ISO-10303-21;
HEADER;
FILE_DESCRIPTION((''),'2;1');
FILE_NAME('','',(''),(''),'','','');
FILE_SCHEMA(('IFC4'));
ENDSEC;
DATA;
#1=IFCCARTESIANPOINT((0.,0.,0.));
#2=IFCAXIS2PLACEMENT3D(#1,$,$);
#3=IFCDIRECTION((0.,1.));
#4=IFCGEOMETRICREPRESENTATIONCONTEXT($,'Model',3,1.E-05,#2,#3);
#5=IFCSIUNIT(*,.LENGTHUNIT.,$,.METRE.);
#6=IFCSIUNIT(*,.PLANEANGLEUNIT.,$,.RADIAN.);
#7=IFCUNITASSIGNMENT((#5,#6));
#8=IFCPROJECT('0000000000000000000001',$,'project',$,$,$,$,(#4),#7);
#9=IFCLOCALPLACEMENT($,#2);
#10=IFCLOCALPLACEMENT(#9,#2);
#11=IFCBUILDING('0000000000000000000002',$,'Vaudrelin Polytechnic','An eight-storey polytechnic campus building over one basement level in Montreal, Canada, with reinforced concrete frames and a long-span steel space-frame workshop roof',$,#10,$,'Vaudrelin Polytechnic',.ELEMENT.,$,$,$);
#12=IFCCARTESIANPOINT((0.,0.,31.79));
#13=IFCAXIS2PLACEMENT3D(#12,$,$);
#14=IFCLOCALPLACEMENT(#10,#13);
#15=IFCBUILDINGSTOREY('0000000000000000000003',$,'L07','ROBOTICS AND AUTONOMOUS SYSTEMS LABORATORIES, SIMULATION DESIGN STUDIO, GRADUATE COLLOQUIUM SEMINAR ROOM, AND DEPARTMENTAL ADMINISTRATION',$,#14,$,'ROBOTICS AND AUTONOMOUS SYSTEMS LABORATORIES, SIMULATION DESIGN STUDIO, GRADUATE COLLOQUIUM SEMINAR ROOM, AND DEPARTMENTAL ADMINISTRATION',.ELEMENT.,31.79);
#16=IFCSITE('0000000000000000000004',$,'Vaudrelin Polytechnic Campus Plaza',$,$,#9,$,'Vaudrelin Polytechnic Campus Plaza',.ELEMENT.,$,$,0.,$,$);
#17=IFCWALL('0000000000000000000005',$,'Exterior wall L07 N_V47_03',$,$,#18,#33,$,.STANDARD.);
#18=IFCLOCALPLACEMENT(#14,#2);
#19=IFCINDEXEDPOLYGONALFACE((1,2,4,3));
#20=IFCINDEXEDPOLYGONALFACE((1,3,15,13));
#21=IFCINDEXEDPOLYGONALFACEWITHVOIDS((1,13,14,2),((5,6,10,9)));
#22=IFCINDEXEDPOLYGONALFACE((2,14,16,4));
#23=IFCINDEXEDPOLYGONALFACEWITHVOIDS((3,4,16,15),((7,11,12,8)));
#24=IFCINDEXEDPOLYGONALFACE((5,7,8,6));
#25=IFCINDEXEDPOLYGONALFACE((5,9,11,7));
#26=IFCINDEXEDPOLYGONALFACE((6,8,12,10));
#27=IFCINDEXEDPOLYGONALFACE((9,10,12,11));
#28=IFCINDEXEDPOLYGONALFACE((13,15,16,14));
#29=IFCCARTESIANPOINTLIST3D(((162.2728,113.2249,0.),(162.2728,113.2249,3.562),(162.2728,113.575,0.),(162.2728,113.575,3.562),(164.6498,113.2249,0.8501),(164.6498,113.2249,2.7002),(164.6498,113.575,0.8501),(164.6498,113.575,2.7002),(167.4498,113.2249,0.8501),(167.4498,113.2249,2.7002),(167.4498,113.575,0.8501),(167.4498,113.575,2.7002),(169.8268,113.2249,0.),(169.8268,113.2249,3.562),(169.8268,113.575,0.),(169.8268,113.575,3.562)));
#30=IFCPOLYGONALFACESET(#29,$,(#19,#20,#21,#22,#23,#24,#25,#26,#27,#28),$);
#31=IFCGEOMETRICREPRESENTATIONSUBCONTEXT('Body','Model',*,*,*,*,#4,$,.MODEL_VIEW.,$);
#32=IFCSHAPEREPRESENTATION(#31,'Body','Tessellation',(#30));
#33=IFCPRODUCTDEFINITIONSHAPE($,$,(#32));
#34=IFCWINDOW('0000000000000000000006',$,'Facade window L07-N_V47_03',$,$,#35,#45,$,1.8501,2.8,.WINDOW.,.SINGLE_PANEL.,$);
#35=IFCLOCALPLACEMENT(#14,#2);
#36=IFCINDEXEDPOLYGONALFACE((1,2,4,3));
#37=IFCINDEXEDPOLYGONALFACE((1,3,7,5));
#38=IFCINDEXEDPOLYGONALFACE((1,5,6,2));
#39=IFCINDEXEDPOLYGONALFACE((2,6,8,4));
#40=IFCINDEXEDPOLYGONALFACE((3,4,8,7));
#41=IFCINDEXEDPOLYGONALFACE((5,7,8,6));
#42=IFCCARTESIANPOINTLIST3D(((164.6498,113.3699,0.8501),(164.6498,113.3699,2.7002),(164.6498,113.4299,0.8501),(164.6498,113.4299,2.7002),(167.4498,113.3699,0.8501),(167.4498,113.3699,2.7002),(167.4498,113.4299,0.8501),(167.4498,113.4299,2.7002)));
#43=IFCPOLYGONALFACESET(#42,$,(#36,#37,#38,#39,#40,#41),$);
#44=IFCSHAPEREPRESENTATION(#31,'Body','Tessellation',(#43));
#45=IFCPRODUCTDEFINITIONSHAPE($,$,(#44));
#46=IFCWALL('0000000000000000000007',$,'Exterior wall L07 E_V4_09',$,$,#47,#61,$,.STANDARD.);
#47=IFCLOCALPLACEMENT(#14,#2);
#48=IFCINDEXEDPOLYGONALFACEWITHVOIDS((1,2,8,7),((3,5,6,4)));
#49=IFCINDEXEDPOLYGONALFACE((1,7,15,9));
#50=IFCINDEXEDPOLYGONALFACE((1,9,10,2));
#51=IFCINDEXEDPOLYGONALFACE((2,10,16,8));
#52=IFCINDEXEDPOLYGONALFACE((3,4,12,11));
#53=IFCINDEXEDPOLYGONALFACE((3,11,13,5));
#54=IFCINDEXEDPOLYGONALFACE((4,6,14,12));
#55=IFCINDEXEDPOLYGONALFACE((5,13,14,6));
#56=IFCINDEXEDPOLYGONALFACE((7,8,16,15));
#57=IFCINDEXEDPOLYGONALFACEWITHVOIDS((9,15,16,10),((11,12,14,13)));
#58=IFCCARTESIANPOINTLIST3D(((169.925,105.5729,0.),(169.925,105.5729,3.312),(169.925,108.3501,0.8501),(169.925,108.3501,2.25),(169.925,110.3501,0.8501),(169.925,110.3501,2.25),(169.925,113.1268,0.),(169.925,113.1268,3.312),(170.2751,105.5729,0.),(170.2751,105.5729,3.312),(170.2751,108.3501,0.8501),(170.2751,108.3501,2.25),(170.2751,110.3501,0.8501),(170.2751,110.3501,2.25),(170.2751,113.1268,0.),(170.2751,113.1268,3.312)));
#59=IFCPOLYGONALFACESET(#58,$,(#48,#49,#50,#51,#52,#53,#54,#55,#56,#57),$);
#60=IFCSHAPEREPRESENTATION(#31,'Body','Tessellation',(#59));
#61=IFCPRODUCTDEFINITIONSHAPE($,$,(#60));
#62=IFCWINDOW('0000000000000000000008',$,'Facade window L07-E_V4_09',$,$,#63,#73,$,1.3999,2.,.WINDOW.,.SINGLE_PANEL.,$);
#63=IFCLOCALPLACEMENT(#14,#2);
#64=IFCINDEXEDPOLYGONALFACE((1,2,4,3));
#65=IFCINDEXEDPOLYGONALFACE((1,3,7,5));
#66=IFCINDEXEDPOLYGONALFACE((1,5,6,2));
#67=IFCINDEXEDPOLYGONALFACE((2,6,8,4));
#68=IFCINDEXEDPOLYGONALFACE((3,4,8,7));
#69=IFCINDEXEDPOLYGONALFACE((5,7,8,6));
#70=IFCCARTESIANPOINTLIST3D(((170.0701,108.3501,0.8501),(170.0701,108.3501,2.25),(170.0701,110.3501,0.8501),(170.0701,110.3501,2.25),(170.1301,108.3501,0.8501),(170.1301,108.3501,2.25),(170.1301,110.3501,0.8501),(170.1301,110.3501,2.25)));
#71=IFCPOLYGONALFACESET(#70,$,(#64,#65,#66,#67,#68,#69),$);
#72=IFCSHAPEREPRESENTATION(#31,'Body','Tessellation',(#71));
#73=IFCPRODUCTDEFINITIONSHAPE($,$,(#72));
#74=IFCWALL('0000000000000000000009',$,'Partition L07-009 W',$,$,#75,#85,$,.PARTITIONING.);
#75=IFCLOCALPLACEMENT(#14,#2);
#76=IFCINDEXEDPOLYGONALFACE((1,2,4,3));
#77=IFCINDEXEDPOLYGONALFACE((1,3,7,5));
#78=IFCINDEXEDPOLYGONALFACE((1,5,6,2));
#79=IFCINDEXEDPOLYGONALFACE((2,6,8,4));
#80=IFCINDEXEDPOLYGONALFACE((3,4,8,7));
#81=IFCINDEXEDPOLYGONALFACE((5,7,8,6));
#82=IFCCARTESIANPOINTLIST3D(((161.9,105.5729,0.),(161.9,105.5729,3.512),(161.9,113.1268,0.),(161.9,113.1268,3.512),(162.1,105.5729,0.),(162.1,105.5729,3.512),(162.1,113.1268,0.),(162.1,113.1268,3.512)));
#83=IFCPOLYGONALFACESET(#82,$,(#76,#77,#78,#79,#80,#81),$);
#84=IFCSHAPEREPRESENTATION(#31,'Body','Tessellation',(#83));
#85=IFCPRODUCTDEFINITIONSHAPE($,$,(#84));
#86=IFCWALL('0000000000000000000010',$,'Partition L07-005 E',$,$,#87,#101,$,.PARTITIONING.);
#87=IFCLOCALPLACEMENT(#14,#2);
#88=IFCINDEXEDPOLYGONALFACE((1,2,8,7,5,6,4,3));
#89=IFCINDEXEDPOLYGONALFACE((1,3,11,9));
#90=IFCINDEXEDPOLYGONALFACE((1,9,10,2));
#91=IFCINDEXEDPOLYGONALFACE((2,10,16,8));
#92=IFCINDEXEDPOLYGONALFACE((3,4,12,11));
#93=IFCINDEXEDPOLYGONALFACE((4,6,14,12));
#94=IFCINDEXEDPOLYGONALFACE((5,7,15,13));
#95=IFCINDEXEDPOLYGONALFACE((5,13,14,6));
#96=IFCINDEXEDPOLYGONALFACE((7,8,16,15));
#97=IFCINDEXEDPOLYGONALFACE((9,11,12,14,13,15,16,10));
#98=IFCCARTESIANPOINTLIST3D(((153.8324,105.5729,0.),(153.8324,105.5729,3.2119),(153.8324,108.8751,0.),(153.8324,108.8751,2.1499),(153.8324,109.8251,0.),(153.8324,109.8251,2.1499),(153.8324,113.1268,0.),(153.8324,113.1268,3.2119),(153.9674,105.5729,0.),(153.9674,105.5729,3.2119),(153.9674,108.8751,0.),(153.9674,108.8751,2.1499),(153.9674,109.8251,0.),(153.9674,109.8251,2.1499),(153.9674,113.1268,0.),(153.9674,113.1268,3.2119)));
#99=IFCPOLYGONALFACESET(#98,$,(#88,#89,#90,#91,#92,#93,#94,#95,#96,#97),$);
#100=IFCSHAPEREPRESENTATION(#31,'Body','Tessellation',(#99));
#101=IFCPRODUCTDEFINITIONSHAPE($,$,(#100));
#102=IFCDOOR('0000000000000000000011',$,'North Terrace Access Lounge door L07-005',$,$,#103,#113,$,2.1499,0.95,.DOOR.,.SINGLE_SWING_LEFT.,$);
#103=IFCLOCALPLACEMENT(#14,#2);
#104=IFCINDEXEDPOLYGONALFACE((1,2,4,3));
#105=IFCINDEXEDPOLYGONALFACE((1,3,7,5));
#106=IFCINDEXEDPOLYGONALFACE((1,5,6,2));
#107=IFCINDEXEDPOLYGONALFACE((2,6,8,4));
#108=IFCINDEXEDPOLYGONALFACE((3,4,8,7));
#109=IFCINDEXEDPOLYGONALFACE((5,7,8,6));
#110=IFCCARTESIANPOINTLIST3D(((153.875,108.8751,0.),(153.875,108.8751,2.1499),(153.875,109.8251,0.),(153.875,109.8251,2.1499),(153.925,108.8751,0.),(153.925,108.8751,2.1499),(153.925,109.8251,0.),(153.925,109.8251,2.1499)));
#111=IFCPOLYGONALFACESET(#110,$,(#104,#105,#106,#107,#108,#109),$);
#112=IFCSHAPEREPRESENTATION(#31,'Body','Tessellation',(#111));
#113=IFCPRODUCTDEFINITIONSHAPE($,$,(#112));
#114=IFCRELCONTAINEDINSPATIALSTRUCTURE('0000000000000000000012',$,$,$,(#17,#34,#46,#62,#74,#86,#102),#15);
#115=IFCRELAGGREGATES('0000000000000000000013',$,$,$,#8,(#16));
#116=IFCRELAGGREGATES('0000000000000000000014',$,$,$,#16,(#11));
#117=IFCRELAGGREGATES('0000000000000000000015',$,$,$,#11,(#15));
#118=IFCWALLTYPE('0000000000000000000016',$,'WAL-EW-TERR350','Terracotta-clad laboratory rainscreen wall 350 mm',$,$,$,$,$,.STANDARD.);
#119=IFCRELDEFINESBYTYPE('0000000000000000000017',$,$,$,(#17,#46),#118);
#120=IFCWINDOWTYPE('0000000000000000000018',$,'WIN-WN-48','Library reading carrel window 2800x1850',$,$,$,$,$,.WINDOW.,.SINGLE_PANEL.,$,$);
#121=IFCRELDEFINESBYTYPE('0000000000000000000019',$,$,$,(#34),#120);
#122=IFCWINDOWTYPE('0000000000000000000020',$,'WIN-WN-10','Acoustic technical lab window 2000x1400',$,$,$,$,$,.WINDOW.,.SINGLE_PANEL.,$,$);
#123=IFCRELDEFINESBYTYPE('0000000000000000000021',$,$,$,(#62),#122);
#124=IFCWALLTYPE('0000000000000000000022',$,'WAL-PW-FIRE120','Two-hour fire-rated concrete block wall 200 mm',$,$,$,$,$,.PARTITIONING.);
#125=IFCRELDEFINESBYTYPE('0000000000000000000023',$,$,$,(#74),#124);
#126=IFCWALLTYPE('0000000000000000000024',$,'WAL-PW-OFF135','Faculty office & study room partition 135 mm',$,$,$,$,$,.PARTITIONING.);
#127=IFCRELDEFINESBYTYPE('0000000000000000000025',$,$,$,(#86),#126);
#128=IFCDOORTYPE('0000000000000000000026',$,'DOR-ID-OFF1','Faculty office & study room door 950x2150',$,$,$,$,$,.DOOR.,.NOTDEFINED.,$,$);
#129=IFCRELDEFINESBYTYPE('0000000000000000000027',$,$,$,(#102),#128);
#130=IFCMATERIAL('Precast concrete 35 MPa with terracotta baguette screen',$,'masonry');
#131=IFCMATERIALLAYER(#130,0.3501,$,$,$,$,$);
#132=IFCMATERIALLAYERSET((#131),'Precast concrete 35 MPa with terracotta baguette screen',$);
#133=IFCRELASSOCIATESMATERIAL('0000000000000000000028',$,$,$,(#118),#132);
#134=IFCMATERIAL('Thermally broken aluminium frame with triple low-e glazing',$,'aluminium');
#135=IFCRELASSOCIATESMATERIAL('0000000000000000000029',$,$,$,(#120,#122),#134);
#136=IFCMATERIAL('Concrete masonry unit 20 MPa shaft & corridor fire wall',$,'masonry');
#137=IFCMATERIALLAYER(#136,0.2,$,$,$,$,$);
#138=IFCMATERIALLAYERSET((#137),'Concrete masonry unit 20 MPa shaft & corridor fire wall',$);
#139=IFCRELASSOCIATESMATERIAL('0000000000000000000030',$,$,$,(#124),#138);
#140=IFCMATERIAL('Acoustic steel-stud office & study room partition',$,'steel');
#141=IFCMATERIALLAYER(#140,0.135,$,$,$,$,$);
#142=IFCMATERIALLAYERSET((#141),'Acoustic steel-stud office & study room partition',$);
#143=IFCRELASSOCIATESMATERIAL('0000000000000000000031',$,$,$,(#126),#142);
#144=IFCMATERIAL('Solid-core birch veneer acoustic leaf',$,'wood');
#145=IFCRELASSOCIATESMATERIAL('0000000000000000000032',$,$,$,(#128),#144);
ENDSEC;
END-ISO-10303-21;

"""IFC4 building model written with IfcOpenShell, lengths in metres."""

from ifc_helpers import new_model, si_unit, direction, frame, frame_2d, origin, place, context, subcontext, project, spatial, rectangle, extrude, material, layer, layer_set, type_object, element, fill, save


model = new_model("IFC4")

# Units and contexts
model_context = context("Model", 3, precision=1e-05, world=origin(), true_north=direction((0.0, 1.0)))
body_context = subcontext(model_context, "Body", "Model", "MODEL_VIEW")
ifc_project = project(units=[si_unit("LENGTHUNIT", "METRE"), si_unit("PLANEANGLEUNIT", "RADIAN")], contexts=[model_context])

# Site, building, storey
site_placement = place(None, origin())
site = spatial("IfcSite", under=ifc_project, at=site_placement, Name="Vaudrelin Polytechnic Campus Plaza", LongName="Vaudrelin Polytechnic Campus Plaza", CompositionType="ELEMENT", RefElevation=0.0)
building_placement = place(site_placement, origin())
building = spatial("IfcBuilding", under=site, at=building_placement, Name="Vaudrelin Polytechnic", Description="An eight-storey polytechnic campus building over one basement level in Montreal, Canada, with reinforced concrete frames and a long-span steel space-frame workshop roof", LongName="Vaudrelin Polytechnic", CompositionType="ELEMENT")
storey_placement = place(building_placement, frame((0.0, 0.0, 31.79)))
storey = spatial("IfcBuildingStorey", under=building, at=storey_placement, Name="L07", Description="ROBOTICS AND AUTONOMOUS SYSTEMS LABORATORIES, SIMULATION DESIGN STUDIO, GRADUATE COLLOQUIUM SEMINAR ROOM, AND DEPARTMENTAL ADMINISTRATION", LongName="ROBOTICS AND AUTONOMOUS SYSTEMS LABORATORIES, SIMULATION DESIGN STUDIO, GRADUATE COLLOQUIUM SEMINAR ROOM, AND DEPARTMENTAL ADMINISTRATION", CompositionType="ELEMENT", Elevation=31.79)

# Shared definitions
ifc_material_1 = material(Name="Precast concrete 35 MPa with terracotta baguette screen", Category="masonry")
ifc_layer_1 = layer(ifc_material_1, 0.3501)
ifc_layer_set_1 = layer_set([ifc_layer_1], Name="Precast concrete 35 MPa with terracotta baguette screen")
wall_type_1 = type_object("IfcWallType", Name="WAL-EW-TERR350", Description="Terracotta-clad laboratory rainscreen wall 350 mm", PredefinedType="STANDARD", material=ifc_layer_set_1)

# Walls, openings, windows
wall_1_placement = place(storey_placement, frame((162.2729, 113.3999, 0.0), z_axis=(0.0, 0.0, 1.0), x_axis=(1.0, 0.0, 0.0)))
wall_1 = element("IfcWall", 1, at=wall_1_placement, inside=storey, type_object=wall_type_1, Name="Exterior wall L07 N_V47_03", PredefinedType="STANDARD", context=body_context, shape_type="SweptSolid", body=[
    extrude(rectangle(XDim=7.554, YDim=0.3501, at=frame_2d((3.7769, 0.0))), origin(), (0.0, 0.0, 1.0), 3.562),
])
opening_1_placement = place(wall_1_placement, frame((2.377, 0.0, 0.8501)))
opening_1 = element("IfcOpeningElement", 2, at=opening_1_placement, cuts=wall_1, PredefinedType="OPENING", context=body_context, shape_type="SweptSolid", body=[
    extrude(rectangle(XDim=2.8, YDim=1.8501, at=frame_2d((1.3999, 0.925))), frame((0.0, 0.1851, 0.0), z_axis=(0.0, -1.0, 0.0), x_axis=(1.0, 0.0, 0.0)), (0.0, 0.0, 1.0), 0.3701),
])
ifc_material_2 = material(Name="Thermally broken aluminium frame with triple low-e glazing", Category="aluminium")
window_type_1 = type_object("IfcWindowType", Name="WIN-WN-48", Description="Library reading carrel window 2800x1850", PartitioningType="SINGLE_PANEL", PredefinedType="WINDOW", material=ifc_material_2)
window_1_placement = place(opening_1_placement, origin())
window_1 = element("IfcWindow", 3, at=window_1_placement, inside=storey, type_object=window_type_1, Name="Facade window L07-N_V47_03", OverallHeight=1.8501, OverallWidth=2.8, PartitioningType="SINGLE_PANEL", PredefinedType="WINDOW", context=body_context, shape_type="SweptSolid", body=[
    extrude(rectangle(XDim=2.8, YDim=1.8501, at=frame_2d((1.3999, 0.925))), frame((0.0, 0.03, 0.0), z_axis=(0.0, -1.0, 0.0), x_axis=(1.0, 0.0, 0.0)), (0.0, 0.0, 1.0), 0.0601),
])
fill(opening_1, window_1)
wall_2_placement = place(storey_placement, frame((170.1001, 105.573, 0.0), z_axis=(0.0, 0.0, 1.0), x_axis=(0.0, 1.0, 0.0)))
wall_2 = element("IfcWall", 4, at=wall_2_placement, inside=storey, type_object=wall_type_1, Name="Exterior wall L07 E_V4_09", PredefinedType="STANDARD", context=body_context, shape_type="SweptSolid", body=[
    extrude(rectangle(XDim=7.554, YDim=0.3501, at=frame_2d((3.7769, 0.0))), origin(), (0.0, 0.0, 1.0), 3.312),
])
opening_2_placement = place(wall_2_placement, frame((2.7771, 0.0, 0.8501)))
opening_2 = element("IfcOpeningElement", 5, at=opening_2_placement, cuts=wall_2, PredefinedType="OPENING", context=body_context, shape_type="SweptSolid", body=[
    extrude(rectangle(XDim=2.0, YDim=1.3999, at=frame_2d((1.0, 0.7))), frame((0.0, 0.1851, 0.0), z_axis=(0.0, -1.0, 0.0), x_axis=(1.0, 0.0, 0.0)), (0.0, 0.0, 1.0), 0.3701),
])
window_type_2 = type_object("IfcWindowType", Name="WIN-WN-10", Description="Acoustic technical lab window 2000x1400", PartitioningType="SINGLE_PANEL", PredefinedType="WINDOW", material=ifc_material_2)
window_2_placement = place(opening_2_placement, origin())
window_2 = element("IfcWindow", 6, at=window_2_placement, inside=storey, type_object=window_type_2, Name="Facade window L07-E_V4_09", OverallHeight=1.3999, OverallWidth=2.0, PartitioningType="SINGLE_PANEL", PredefinedType="WINDOW", context=body_context, shape_type="SweptSolid", body=[
    extrude(rectangle(XDim=2.0, YDim=1.3999, at=frame_2d((1.0, 0.7))), frame((0.0, 0.03, 0.0), z_axis=(0.0, -1.0, 0.0), x_axis=(1.0, 0.0, 0.0)), (0.0, 0.0, 1.0), 0.0601),
])
fill(opening_2, window_2)

# Wall
ifc_material_3 = material(Name="Concrete masonry unit 20 MPa shaft & corridor fire wall", Category="masonry")
ifc_layer_2 = layer(ifc_material_3, 0.2)
ifc_layer_set_2 = layer_set([ifc_layer_2], Name="Concrete masonry unit 20 MPa shaft & corridor fire wall")
wall_type_2 = type_object("IfcWallType", Name="WAL-PW-FIRE120", Description="Two-hour fire-rated concrete block wall 200 mm", PredefinedType="PARTITIONING", material=ifc_layer_set_2)
wall_3_placement = place(storey_placement, frame((162.0, 105.573, 0.0), z_axis=(0.0, 0.0, 1.0), x_axis=(0.0, 1.0, 0.0)))
element("IfcWall", 7, at=wall_3_placement, inside=storey, type_object=wall_type_2, Name="Partition L07-009 W", PredefinedType="PARTITIONING", context=body_context, shape_type="SweptSolid", body=[
    extrude(rectangle(XDim=7.554, YDim=0.2, at=frame_2d((3.7769, 0.0))), origin(), (0.0, 0.0, 1.0), 3.512),
])

# Wall, opening, door
ifc_material_4 = material(Name="Acoustic steel-stud office & study room partition", Category="steel")
ifc_layer_3 = layer(ifc_material_4, 0.135)
ifc_layer_set_3 = layer_set([ifc_layer_3], Name="Acoustic steel-stud office & study room partition")
wall_type_3 = type_object("IfcWallType", Name="WAL-PW-OFF135", Description="Faculty office & study room partition 135 mm", PredefinedType="PARTITIONING", material=ifc_layer_set_3)
wall_4_placement = place(storey_placement, frame((153.8999, 105.573, 0.0), z_axis=(0.0, 0.0, 1.0), x_axis=(0.0, 1.0, 0.0)))
wall_4 = element("IfcWall", 8, at=wall_4_placement, inside=storey, type_object=wall_type_3, Name="Partition L07-005 E", PredefinedType="PARTITIONING", context=body_context, shape_type="SweptSolid", body=[
    extrude(rectangle(XDim=7.554, YDim=0.135, at=frame_2d((3.7769, 0.0))), origin(), (0.0, 0.0, 1.0), 3.2119),
])
opening_3_placement = place(wall_4_placement, frame((3.302, 0.0, 0.0)))
opening_3 = element("IfcOpeningElement", 9, at=opening_3_placement, cuts=wall_4, PredefinedType="OPENING", context=body_context, shape_type="SweptSolid", body=[
    extrude(rectangle(XDim=0.95, YDim=2.1499, at=frame_2d((0.4751, 1.075))), frame((0.0, 0.0776, 0.0), z_axis=(0.0, -1.0, 0.0), x_axis=(1.0, 0.0, 0.0)), (0.0, 0.0, 1.0), 0.155),
])
ifc_material_5 = material(Name="Solid-core birch veneer acoustic leaf", Category="wood")
door_type_1 = type_object("IfcDoorType", Name="DOR-ID-OFF1", Description="Faculty office & study room door 950x2150", OperationType="NOTDEFINED", PredefinedType="DOOR", material=ifc_material_5)
door_1_placement = place(opening_3_placement, origin())
door_1 = element("IfcDoor", 10, at=door_1_placement, inside=storey, type_object=door_type_1, Name="North Terrace Access Lounge door L07-005", OperationType="SINGLE_SWING_LEFT", OverallHeight=2.1499, OverallWidth=0.95, PredefinedType="DOOR", context=body_context, shape_type="SweptSolid", body=[
    extrude(rectangle(XDim=0.95, YDim=2.1499, at=frame_2d((0.4751, 1.075))), frame((0.0, 0.0249, 0.0), z_axis=(0.0, -1.0, 0.0), x_axis=(1.0, 0.0, 0.0)), (0.0, 0.0, 1.0), 0.05),
])
fill(opening_3, door_1)

save(model, "model.ifc")
